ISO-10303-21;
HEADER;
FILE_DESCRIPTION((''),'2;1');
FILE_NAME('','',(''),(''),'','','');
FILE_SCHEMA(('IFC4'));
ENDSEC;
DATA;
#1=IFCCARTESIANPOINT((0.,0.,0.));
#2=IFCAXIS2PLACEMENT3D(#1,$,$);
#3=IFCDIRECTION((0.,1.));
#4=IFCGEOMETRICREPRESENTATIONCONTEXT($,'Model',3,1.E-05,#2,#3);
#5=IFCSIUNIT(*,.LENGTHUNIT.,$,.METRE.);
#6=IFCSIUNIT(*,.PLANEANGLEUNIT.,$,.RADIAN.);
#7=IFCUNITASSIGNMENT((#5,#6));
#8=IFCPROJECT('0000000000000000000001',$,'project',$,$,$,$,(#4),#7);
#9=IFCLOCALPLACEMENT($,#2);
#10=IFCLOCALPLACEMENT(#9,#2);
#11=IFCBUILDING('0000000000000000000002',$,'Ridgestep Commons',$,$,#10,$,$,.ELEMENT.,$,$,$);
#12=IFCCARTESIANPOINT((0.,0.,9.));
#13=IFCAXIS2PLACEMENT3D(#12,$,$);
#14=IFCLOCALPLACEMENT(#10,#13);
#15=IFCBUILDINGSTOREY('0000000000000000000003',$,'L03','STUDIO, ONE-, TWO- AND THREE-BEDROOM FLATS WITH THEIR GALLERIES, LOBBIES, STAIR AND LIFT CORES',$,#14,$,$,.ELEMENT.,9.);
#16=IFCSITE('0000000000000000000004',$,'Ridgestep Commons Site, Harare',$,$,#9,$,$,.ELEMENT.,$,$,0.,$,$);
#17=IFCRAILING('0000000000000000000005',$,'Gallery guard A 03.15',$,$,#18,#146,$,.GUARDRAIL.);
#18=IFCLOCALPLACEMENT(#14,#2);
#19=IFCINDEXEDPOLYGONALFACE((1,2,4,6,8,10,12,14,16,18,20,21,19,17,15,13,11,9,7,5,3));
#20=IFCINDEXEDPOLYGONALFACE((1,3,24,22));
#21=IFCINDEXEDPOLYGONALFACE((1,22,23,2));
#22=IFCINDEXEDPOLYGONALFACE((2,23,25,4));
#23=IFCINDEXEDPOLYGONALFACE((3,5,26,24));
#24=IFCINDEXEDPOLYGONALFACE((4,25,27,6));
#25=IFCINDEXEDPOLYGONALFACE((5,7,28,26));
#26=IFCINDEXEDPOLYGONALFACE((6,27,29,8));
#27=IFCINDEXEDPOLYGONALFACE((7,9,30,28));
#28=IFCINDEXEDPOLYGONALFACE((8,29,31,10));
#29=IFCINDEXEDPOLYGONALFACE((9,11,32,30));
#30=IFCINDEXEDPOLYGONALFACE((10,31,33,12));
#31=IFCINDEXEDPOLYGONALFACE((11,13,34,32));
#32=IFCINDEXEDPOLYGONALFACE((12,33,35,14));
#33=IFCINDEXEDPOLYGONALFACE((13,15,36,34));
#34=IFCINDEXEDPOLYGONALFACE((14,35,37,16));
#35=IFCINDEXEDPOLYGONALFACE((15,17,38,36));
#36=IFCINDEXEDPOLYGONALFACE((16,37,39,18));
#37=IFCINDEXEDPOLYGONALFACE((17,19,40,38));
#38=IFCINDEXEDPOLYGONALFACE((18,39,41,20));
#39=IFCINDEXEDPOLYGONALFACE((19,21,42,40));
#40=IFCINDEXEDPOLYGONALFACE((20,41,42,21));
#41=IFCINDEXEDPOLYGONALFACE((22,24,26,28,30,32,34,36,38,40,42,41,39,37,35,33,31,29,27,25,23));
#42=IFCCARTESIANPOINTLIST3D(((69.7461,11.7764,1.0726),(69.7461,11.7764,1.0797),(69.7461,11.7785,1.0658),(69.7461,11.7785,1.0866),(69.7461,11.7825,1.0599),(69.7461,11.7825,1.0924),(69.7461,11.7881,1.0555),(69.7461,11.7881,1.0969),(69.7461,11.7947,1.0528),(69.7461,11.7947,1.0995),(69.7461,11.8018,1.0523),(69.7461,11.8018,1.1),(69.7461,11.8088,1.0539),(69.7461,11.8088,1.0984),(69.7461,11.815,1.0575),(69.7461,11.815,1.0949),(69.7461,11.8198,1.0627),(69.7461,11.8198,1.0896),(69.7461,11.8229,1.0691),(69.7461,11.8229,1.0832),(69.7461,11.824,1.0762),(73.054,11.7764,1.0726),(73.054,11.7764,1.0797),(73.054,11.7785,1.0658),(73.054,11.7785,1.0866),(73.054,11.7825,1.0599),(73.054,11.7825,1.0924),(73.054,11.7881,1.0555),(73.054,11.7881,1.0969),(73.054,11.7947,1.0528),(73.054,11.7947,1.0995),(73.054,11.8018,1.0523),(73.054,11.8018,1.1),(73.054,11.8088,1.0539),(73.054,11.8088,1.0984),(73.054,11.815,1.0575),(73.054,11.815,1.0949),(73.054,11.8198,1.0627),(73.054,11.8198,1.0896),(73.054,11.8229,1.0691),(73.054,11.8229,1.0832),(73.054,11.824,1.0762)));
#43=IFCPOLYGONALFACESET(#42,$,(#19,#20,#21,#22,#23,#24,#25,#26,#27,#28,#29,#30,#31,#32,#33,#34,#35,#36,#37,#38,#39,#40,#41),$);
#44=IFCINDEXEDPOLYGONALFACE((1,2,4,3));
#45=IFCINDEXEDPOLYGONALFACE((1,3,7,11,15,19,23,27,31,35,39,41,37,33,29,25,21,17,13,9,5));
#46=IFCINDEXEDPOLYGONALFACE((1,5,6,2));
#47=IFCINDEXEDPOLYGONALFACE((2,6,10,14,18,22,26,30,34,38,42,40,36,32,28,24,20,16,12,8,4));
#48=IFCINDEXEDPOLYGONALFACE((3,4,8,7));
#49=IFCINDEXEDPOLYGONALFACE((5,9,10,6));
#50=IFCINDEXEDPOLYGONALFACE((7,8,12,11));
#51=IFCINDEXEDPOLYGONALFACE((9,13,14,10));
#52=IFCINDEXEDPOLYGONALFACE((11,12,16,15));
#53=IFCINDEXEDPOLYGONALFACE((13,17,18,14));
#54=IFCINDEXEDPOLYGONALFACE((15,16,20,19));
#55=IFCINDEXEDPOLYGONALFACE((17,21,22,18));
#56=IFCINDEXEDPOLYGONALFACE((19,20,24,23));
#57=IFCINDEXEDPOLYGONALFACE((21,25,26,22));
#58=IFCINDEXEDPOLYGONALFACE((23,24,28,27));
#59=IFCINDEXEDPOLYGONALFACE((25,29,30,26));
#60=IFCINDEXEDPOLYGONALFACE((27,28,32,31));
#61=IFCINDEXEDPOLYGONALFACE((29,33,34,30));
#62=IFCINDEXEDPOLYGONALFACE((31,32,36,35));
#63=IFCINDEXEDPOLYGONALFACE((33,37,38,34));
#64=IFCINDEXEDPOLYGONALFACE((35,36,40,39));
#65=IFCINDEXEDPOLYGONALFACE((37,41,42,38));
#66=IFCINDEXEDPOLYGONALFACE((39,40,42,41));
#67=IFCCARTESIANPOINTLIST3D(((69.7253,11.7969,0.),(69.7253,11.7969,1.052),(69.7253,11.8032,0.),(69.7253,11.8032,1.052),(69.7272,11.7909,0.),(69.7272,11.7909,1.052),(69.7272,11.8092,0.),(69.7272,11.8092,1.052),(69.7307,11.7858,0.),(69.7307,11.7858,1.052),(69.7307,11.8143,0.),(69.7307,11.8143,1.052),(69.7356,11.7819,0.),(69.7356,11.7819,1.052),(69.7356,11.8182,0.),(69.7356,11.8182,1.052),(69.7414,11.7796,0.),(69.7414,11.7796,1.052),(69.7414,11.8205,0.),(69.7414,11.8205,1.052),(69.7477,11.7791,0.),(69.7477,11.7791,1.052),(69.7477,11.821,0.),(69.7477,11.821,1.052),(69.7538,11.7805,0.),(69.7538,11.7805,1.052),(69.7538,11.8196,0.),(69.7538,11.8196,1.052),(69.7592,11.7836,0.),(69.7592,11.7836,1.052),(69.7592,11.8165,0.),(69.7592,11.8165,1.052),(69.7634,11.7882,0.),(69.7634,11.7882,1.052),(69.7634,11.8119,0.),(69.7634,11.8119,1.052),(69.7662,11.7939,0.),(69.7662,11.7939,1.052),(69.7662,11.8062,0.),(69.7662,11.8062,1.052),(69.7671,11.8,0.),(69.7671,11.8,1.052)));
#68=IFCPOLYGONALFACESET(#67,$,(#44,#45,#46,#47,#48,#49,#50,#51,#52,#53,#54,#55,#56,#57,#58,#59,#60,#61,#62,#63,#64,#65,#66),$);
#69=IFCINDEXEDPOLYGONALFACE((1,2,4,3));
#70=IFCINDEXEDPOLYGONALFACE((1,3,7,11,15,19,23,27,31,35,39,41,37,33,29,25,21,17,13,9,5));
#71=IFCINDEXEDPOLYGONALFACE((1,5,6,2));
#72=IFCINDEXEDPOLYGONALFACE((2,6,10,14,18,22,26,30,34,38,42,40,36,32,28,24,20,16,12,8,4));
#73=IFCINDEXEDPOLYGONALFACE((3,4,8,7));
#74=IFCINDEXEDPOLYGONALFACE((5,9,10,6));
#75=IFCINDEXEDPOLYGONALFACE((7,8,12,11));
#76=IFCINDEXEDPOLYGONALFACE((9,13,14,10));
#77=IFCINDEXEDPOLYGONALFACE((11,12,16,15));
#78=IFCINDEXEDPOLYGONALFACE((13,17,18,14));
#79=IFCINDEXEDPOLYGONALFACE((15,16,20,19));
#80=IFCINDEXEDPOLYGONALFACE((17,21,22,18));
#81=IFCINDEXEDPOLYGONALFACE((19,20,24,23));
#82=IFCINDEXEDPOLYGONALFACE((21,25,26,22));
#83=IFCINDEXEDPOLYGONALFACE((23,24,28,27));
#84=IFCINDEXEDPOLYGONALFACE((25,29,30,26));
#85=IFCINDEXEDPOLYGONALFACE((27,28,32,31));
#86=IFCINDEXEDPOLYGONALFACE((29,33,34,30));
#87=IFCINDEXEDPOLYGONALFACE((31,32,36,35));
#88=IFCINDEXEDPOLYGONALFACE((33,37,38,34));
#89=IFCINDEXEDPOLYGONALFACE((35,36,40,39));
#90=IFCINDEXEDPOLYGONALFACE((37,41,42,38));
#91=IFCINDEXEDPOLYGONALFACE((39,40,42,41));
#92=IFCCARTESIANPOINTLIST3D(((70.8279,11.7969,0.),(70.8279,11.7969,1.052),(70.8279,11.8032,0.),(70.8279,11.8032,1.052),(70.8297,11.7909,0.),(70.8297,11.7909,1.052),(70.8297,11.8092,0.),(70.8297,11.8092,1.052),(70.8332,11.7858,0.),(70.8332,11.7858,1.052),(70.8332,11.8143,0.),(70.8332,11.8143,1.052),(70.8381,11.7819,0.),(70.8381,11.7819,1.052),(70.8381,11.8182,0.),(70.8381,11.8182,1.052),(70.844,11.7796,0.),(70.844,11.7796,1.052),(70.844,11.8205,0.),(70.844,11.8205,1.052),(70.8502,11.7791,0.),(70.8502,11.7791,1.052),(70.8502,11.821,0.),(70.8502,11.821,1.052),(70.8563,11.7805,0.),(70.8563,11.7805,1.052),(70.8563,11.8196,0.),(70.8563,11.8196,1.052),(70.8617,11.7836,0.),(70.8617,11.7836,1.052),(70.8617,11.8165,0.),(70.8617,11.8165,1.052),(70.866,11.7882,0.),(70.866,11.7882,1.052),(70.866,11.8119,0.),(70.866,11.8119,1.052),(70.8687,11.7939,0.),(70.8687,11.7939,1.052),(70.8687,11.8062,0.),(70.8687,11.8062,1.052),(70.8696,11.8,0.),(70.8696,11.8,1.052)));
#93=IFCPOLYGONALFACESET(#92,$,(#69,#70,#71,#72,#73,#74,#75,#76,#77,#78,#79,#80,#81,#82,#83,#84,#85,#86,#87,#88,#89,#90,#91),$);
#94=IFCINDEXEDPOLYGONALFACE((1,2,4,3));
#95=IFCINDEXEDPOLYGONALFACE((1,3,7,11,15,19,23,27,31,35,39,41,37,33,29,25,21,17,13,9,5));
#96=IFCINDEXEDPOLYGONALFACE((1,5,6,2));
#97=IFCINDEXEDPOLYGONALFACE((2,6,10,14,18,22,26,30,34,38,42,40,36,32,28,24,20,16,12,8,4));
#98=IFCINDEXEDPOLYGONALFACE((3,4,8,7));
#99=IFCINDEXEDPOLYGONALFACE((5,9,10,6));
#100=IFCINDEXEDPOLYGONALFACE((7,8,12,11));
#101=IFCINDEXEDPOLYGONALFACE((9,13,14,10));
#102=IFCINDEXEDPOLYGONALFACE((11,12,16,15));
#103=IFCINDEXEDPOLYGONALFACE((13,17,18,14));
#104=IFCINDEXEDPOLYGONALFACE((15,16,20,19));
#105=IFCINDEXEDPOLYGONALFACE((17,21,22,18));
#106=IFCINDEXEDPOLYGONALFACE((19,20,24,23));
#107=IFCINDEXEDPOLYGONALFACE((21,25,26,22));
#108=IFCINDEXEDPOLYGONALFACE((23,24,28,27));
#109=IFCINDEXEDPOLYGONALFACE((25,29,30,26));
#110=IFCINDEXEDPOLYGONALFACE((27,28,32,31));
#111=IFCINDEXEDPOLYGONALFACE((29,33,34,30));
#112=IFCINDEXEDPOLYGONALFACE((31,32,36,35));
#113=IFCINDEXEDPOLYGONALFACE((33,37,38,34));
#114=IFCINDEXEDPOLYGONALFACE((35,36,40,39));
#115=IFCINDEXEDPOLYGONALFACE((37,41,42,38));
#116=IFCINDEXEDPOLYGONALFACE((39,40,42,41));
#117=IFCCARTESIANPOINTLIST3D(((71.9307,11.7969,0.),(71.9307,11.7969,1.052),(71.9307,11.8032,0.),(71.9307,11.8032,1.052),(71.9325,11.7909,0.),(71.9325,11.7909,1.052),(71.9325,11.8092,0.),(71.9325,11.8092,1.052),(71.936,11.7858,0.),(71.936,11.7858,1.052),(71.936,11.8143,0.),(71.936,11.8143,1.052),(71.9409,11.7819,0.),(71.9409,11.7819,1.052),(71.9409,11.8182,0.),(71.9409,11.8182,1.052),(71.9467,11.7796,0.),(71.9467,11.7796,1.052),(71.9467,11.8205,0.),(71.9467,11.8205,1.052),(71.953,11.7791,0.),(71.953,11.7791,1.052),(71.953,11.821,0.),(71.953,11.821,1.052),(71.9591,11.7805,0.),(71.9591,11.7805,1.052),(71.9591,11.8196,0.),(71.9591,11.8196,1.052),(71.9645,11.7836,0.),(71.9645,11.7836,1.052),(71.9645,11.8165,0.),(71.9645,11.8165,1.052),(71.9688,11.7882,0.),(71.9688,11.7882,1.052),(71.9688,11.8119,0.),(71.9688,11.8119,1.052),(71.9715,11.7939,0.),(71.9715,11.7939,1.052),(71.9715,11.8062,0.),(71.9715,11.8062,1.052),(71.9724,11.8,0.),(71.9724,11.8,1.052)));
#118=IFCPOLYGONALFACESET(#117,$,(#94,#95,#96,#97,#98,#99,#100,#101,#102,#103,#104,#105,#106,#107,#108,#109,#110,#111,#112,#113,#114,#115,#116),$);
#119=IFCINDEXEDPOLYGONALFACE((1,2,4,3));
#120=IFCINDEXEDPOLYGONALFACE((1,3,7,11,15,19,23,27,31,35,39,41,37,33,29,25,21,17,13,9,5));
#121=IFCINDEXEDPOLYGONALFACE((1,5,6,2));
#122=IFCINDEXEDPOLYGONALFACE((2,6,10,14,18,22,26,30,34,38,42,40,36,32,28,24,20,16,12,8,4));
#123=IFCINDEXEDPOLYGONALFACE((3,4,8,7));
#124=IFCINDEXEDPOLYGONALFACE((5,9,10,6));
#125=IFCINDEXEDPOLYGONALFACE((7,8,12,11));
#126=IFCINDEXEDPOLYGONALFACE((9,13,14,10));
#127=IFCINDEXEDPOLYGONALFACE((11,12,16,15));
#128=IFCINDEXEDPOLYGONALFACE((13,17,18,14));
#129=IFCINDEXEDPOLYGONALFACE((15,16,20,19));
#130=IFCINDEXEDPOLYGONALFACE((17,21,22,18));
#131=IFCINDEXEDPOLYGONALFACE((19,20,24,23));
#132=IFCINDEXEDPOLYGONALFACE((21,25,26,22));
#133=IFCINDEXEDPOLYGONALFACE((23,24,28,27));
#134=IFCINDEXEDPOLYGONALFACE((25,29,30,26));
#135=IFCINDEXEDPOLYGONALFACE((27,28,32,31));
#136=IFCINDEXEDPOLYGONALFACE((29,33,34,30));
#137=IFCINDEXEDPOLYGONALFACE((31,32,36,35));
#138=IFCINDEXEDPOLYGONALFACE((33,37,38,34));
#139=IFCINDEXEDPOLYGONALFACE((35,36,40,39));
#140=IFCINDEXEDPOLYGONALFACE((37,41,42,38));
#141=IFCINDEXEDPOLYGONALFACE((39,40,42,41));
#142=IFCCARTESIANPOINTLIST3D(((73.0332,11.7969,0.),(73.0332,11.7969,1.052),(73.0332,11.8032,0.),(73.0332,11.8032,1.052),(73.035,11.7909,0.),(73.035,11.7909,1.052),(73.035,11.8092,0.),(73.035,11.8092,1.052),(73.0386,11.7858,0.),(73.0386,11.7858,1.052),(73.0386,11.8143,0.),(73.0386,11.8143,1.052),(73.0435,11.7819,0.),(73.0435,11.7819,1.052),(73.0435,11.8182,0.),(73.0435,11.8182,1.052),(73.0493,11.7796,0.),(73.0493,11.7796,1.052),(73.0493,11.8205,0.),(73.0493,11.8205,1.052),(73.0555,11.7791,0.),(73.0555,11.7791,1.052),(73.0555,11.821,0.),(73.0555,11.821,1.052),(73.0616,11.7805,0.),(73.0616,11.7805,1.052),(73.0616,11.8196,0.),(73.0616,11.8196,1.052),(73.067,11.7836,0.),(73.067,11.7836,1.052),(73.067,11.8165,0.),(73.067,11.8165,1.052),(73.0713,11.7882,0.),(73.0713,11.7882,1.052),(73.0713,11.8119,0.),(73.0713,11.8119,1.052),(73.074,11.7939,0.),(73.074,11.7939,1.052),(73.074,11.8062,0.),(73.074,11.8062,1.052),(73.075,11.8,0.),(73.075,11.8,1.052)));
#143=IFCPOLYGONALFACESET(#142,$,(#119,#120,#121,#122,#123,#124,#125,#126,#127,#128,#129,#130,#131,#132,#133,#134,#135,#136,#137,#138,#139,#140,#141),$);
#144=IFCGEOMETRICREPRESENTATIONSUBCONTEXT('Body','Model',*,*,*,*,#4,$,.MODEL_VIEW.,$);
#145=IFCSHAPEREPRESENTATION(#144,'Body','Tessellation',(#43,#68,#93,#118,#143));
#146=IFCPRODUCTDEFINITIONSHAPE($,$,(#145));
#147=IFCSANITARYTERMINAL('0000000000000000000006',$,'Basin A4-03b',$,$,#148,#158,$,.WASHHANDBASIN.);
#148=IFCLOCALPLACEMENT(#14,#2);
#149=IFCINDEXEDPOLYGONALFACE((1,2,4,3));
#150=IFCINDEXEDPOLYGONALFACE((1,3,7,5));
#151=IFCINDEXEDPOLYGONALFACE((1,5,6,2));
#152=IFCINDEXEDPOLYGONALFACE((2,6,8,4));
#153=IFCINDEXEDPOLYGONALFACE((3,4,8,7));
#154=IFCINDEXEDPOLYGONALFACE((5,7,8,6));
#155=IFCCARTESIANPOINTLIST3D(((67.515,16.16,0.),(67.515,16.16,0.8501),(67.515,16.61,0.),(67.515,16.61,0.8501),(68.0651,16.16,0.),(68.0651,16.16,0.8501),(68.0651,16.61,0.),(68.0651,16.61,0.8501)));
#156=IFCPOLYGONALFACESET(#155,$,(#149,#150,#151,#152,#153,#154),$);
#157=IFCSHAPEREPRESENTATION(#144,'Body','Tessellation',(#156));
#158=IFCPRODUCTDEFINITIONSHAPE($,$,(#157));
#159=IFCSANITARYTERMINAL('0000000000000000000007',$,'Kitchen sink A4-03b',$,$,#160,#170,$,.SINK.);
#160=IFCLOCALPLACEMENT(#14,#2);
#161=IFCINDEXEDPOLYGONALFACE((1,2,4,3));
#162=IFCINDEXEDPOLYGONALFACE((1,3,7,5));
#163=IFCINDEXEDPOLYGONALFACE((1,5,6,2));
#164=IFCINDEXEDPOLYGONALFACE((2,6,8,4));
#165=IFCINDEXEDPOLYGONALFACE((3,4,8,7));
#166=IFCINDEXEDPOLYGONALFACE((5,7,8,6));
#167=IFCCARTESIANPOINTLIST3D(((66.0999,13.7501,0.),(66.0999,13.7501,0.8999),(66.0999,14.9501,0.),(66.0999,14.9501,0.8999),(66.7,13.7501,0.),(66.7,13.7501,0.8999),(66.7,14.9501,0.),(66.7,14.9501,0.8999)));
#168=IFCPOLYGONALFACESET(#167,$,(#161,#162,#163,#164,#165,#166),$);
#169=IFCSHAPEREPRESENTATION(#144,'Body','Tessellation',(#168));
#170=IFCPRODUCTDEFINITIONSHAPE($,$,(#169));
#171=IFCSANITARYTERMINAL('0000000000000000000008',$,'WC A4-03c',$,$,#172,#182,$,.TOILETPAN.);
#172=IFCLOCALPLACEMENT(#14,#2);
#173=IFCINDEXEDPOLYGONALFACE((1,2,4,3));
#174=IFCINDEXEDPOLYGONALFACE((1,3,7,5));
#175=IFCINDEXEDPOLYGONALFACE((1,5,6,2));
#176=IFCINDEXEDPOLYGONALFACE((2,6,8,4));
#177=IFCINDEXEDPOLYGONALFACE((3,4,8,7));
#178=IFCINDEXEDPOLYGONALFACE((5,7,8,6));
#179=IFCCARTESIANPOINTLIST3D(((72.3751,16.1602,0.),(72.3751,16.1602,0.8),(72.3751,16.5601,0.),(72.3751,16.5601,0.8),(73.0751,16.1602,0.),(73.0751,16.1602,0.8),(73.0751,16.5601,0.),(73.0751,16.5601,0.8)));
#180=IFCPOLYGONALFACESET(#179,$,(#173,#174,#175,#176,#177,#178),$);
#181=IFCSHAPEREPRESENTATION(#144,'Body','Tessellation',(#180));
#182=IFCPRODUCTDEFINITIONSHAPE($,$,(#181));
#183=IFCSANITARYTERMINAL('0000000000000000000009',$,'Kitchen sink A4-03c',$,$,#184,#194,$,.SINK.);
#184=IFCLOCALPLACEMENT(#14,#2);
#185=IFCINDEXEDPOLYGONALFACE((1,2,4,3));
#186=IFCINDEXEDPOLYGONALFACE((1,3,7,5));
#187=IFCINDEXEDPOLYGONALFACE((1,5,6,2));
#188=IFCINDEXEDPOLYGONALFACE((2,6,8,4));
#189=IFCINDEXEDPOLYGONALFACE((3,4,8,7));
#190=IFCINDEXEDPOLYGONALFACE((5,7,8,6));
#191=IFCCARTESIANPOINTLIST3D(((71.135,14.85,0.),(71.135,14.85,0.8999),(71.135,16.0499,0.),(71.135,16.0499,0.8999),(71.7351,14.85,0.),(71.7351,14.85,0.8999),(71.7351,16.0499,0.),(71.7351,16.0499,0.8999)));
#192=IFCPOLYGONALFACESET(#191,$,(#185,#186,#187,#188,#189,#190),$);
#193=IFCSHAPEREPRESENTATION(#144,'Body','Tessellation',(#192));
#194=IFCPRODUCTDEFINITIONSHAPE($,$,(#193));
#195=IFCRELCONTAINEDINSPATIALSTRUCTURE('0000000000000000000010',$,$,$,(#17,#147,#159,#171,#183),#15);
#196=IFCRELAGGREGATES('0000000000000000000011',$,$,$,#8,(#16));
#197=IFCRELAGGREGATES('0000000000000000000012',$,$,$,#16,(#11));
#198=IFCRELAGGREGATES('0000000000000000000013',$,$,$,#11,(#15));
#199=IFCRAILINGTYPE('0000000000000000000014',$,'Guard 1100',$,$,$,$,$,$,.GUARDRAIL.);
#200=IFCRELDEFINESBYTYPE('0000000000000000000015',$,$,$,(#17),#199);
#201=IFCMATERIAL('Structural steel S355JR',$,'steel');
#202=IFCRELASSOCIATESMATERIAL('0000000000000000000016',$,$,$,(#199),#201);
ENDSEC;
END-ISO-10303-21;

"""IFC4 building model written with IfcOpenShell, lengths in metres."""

from ifc_helpers import new_model, si_unit, direction, frame, origin, origin_2d, place, context, subcontext, project, spatial, rectangle, circle, extrude, material, type_object, element, save


model = new_model("IFC4")

# Units and contexts
model_context = context("Model", 3, precision=1e-05, world=origin(), true_north=direction((0.0, 1.0)))
body_context = subcontext(model_context, "Body", "Model", "MODEL_VIEW")
ifc_project = project(units=[si_unit("LENGTHUNIT", "METRE"), si_unit("PLANEANGLEUNIT", "RADIAN")], contexts=[model_context])

# Site, building, storey
site_placement = place(None, origin())
site = spatial("IfcSite", under=ifc_project, at=site_placement, Name="Ridgestep Commons Site, Harare", CompositionType="ELEMENT", RefElevation=0.0)
building_placement = place(site_placement, origin())
building = spatial("IfcBuilding", under=site, at=building_placement, Name="Ridgestep Commons", CompositionType="ELEMENT")
storey_placement = place(building_placement, frame((0.0, 0.0, 9.0)))
storey = spatial("IfcBuildingStorey", under=building, at=storey_placement, Name="L03", Description="STUDIO, ONE-, TWO- AND THREE-BEDROOM FLATS WITH THEIR GALLERIES, LOBBIES, STAIR AND LIFT CORES", CompositionType="ELEMENT", Elevation=9.0)

# Railing
ifc_material_1 = material(Name="Structural steel S355JR", Category="steel")
railing_type = type_object("IfcRailingType", Name="Guard 1100", PredefinedType="GUARDRAIL", material=ifc_material_1)
railing_1_placement = place(storey_placement, frame((69.7461, 11.8, 0.0)))
element("IfcRailing", 1, at=railing_1_placement, inside=storey, type_object=railing_type, Name="Gallery guard A 03.15", PredefinedType="GUARDRAIL", context=body_context, shape_type="SweptSolid", body=[
    extrude(circle(Radius=0.0239, at=origin_2d()), frame((0.0, 0.0, 1.0762), z_axis=(1.0, 0.0, 0.0), x_axis=(0.0, 1.0, 0.0)), (0.0, 0.0, 1.0), 3.3079),
    extrude(circle(Radius=0.021, at=origin_2d()), origin(), (0.0, 0.0, 1.0), 1.052),
    extrude(circle(Radius=0.021, at=origin_2d()), frame((1.1025, 0.0, 0.0)), (0.0, 0.0, 1.0), 1.052),
    extrude(circle(Radius=0.021, at=origin_2d()), frame((2.2053, 0.0, 0.0)), (0.0, 0.0, 1.0), 1.052),
    extrude(circle(Radius=0.021, at=origin_2d()), frame((3.3079, 0.0, 0.0)), (0.0, 0.0, 1.0), 1.052),
])

# Sanitary terminals
sanitary_terminal_1_placement = place(storey_placement, frame((67.79, 16.385, 0.0), z_axis=(0.0, 0.0, 1.0), x_axis=(1.0, 0.0, 0.0)))
element("IfcSanitaryTerminal", 2, at=sanitary_terminal_1_placement, inside=storey, Name="Basin A4-03b", PredefinedType="WASHHANDBASIN", context=body_context, shape_type="SweptSolid", body=[
    extrude(rectangle(XDim=0.55, YDim=0.45, at=origin_2d()), origin(), (0.0, 0.0, 1.0), 0.8501),
])
sanitary_terminal_2_placement = place(storey_placement, frame((66.3999, 14.3501, 0.0), z_axis=(0.0, 0.0, 1.0), x_axis=(1.0, 0.0, 0.0)))
element("IfcSanitaryTerminal", 3, at=sanitary_terminal_2_placement, inside=storey, Name="Kitchen sink A4-03b", PredefinedType="SINK", context=body_context, shape_type="SweptSolid", body=[
    extrude(rectangle(XDim=0.6001, YDim=1.2, at=origin_2d()), origin(), (0.0, 0.0, 1.0), 0.8999),
])
sanitary_terminal_3_placement = place(storey_placement, frame((72.7251, 16.3601, 0.0), z_axis=(0.0, 0.0, 1.0), x_axis=(1.0, 0.0, 0.0)))
element("IfcSanitaryTerminal", 4, at=sanitary_terminal_3_placement, inside=storey, Name="WC A4-03c", PredefinedType="TOILETPAN", context=body_context, shape_type="SweptSolid", body=[
    extrude(rectangle(XDim=0.7, YDim=0.3999, at=origin_2d()), origin(), (0.0, 0.0, 1.0), 0.8),
])
sanitary_terminal_4_placement = place(storey_placement, frame((71.4351, 15.45, 0.0), z_axis=(0.0, 0.0, 1.0), x_axis=(1.0, 0.0, 0.0)))
element("IfcSanitaryTerminal", 5, at=sanitary_terminal_4_placement, inside=storey, Name="Kitchen sink A4-03c", PredefinedType="SINK", context=body_context, shape_type="SweptSolid", body=[
    extrude(rectangle(XDim=0.6001, YDim=1.2, at=origin_2d()), origin(), (0.0, 0.0, 1.0), 0.8999),
])

save(model, "model.ifc")
